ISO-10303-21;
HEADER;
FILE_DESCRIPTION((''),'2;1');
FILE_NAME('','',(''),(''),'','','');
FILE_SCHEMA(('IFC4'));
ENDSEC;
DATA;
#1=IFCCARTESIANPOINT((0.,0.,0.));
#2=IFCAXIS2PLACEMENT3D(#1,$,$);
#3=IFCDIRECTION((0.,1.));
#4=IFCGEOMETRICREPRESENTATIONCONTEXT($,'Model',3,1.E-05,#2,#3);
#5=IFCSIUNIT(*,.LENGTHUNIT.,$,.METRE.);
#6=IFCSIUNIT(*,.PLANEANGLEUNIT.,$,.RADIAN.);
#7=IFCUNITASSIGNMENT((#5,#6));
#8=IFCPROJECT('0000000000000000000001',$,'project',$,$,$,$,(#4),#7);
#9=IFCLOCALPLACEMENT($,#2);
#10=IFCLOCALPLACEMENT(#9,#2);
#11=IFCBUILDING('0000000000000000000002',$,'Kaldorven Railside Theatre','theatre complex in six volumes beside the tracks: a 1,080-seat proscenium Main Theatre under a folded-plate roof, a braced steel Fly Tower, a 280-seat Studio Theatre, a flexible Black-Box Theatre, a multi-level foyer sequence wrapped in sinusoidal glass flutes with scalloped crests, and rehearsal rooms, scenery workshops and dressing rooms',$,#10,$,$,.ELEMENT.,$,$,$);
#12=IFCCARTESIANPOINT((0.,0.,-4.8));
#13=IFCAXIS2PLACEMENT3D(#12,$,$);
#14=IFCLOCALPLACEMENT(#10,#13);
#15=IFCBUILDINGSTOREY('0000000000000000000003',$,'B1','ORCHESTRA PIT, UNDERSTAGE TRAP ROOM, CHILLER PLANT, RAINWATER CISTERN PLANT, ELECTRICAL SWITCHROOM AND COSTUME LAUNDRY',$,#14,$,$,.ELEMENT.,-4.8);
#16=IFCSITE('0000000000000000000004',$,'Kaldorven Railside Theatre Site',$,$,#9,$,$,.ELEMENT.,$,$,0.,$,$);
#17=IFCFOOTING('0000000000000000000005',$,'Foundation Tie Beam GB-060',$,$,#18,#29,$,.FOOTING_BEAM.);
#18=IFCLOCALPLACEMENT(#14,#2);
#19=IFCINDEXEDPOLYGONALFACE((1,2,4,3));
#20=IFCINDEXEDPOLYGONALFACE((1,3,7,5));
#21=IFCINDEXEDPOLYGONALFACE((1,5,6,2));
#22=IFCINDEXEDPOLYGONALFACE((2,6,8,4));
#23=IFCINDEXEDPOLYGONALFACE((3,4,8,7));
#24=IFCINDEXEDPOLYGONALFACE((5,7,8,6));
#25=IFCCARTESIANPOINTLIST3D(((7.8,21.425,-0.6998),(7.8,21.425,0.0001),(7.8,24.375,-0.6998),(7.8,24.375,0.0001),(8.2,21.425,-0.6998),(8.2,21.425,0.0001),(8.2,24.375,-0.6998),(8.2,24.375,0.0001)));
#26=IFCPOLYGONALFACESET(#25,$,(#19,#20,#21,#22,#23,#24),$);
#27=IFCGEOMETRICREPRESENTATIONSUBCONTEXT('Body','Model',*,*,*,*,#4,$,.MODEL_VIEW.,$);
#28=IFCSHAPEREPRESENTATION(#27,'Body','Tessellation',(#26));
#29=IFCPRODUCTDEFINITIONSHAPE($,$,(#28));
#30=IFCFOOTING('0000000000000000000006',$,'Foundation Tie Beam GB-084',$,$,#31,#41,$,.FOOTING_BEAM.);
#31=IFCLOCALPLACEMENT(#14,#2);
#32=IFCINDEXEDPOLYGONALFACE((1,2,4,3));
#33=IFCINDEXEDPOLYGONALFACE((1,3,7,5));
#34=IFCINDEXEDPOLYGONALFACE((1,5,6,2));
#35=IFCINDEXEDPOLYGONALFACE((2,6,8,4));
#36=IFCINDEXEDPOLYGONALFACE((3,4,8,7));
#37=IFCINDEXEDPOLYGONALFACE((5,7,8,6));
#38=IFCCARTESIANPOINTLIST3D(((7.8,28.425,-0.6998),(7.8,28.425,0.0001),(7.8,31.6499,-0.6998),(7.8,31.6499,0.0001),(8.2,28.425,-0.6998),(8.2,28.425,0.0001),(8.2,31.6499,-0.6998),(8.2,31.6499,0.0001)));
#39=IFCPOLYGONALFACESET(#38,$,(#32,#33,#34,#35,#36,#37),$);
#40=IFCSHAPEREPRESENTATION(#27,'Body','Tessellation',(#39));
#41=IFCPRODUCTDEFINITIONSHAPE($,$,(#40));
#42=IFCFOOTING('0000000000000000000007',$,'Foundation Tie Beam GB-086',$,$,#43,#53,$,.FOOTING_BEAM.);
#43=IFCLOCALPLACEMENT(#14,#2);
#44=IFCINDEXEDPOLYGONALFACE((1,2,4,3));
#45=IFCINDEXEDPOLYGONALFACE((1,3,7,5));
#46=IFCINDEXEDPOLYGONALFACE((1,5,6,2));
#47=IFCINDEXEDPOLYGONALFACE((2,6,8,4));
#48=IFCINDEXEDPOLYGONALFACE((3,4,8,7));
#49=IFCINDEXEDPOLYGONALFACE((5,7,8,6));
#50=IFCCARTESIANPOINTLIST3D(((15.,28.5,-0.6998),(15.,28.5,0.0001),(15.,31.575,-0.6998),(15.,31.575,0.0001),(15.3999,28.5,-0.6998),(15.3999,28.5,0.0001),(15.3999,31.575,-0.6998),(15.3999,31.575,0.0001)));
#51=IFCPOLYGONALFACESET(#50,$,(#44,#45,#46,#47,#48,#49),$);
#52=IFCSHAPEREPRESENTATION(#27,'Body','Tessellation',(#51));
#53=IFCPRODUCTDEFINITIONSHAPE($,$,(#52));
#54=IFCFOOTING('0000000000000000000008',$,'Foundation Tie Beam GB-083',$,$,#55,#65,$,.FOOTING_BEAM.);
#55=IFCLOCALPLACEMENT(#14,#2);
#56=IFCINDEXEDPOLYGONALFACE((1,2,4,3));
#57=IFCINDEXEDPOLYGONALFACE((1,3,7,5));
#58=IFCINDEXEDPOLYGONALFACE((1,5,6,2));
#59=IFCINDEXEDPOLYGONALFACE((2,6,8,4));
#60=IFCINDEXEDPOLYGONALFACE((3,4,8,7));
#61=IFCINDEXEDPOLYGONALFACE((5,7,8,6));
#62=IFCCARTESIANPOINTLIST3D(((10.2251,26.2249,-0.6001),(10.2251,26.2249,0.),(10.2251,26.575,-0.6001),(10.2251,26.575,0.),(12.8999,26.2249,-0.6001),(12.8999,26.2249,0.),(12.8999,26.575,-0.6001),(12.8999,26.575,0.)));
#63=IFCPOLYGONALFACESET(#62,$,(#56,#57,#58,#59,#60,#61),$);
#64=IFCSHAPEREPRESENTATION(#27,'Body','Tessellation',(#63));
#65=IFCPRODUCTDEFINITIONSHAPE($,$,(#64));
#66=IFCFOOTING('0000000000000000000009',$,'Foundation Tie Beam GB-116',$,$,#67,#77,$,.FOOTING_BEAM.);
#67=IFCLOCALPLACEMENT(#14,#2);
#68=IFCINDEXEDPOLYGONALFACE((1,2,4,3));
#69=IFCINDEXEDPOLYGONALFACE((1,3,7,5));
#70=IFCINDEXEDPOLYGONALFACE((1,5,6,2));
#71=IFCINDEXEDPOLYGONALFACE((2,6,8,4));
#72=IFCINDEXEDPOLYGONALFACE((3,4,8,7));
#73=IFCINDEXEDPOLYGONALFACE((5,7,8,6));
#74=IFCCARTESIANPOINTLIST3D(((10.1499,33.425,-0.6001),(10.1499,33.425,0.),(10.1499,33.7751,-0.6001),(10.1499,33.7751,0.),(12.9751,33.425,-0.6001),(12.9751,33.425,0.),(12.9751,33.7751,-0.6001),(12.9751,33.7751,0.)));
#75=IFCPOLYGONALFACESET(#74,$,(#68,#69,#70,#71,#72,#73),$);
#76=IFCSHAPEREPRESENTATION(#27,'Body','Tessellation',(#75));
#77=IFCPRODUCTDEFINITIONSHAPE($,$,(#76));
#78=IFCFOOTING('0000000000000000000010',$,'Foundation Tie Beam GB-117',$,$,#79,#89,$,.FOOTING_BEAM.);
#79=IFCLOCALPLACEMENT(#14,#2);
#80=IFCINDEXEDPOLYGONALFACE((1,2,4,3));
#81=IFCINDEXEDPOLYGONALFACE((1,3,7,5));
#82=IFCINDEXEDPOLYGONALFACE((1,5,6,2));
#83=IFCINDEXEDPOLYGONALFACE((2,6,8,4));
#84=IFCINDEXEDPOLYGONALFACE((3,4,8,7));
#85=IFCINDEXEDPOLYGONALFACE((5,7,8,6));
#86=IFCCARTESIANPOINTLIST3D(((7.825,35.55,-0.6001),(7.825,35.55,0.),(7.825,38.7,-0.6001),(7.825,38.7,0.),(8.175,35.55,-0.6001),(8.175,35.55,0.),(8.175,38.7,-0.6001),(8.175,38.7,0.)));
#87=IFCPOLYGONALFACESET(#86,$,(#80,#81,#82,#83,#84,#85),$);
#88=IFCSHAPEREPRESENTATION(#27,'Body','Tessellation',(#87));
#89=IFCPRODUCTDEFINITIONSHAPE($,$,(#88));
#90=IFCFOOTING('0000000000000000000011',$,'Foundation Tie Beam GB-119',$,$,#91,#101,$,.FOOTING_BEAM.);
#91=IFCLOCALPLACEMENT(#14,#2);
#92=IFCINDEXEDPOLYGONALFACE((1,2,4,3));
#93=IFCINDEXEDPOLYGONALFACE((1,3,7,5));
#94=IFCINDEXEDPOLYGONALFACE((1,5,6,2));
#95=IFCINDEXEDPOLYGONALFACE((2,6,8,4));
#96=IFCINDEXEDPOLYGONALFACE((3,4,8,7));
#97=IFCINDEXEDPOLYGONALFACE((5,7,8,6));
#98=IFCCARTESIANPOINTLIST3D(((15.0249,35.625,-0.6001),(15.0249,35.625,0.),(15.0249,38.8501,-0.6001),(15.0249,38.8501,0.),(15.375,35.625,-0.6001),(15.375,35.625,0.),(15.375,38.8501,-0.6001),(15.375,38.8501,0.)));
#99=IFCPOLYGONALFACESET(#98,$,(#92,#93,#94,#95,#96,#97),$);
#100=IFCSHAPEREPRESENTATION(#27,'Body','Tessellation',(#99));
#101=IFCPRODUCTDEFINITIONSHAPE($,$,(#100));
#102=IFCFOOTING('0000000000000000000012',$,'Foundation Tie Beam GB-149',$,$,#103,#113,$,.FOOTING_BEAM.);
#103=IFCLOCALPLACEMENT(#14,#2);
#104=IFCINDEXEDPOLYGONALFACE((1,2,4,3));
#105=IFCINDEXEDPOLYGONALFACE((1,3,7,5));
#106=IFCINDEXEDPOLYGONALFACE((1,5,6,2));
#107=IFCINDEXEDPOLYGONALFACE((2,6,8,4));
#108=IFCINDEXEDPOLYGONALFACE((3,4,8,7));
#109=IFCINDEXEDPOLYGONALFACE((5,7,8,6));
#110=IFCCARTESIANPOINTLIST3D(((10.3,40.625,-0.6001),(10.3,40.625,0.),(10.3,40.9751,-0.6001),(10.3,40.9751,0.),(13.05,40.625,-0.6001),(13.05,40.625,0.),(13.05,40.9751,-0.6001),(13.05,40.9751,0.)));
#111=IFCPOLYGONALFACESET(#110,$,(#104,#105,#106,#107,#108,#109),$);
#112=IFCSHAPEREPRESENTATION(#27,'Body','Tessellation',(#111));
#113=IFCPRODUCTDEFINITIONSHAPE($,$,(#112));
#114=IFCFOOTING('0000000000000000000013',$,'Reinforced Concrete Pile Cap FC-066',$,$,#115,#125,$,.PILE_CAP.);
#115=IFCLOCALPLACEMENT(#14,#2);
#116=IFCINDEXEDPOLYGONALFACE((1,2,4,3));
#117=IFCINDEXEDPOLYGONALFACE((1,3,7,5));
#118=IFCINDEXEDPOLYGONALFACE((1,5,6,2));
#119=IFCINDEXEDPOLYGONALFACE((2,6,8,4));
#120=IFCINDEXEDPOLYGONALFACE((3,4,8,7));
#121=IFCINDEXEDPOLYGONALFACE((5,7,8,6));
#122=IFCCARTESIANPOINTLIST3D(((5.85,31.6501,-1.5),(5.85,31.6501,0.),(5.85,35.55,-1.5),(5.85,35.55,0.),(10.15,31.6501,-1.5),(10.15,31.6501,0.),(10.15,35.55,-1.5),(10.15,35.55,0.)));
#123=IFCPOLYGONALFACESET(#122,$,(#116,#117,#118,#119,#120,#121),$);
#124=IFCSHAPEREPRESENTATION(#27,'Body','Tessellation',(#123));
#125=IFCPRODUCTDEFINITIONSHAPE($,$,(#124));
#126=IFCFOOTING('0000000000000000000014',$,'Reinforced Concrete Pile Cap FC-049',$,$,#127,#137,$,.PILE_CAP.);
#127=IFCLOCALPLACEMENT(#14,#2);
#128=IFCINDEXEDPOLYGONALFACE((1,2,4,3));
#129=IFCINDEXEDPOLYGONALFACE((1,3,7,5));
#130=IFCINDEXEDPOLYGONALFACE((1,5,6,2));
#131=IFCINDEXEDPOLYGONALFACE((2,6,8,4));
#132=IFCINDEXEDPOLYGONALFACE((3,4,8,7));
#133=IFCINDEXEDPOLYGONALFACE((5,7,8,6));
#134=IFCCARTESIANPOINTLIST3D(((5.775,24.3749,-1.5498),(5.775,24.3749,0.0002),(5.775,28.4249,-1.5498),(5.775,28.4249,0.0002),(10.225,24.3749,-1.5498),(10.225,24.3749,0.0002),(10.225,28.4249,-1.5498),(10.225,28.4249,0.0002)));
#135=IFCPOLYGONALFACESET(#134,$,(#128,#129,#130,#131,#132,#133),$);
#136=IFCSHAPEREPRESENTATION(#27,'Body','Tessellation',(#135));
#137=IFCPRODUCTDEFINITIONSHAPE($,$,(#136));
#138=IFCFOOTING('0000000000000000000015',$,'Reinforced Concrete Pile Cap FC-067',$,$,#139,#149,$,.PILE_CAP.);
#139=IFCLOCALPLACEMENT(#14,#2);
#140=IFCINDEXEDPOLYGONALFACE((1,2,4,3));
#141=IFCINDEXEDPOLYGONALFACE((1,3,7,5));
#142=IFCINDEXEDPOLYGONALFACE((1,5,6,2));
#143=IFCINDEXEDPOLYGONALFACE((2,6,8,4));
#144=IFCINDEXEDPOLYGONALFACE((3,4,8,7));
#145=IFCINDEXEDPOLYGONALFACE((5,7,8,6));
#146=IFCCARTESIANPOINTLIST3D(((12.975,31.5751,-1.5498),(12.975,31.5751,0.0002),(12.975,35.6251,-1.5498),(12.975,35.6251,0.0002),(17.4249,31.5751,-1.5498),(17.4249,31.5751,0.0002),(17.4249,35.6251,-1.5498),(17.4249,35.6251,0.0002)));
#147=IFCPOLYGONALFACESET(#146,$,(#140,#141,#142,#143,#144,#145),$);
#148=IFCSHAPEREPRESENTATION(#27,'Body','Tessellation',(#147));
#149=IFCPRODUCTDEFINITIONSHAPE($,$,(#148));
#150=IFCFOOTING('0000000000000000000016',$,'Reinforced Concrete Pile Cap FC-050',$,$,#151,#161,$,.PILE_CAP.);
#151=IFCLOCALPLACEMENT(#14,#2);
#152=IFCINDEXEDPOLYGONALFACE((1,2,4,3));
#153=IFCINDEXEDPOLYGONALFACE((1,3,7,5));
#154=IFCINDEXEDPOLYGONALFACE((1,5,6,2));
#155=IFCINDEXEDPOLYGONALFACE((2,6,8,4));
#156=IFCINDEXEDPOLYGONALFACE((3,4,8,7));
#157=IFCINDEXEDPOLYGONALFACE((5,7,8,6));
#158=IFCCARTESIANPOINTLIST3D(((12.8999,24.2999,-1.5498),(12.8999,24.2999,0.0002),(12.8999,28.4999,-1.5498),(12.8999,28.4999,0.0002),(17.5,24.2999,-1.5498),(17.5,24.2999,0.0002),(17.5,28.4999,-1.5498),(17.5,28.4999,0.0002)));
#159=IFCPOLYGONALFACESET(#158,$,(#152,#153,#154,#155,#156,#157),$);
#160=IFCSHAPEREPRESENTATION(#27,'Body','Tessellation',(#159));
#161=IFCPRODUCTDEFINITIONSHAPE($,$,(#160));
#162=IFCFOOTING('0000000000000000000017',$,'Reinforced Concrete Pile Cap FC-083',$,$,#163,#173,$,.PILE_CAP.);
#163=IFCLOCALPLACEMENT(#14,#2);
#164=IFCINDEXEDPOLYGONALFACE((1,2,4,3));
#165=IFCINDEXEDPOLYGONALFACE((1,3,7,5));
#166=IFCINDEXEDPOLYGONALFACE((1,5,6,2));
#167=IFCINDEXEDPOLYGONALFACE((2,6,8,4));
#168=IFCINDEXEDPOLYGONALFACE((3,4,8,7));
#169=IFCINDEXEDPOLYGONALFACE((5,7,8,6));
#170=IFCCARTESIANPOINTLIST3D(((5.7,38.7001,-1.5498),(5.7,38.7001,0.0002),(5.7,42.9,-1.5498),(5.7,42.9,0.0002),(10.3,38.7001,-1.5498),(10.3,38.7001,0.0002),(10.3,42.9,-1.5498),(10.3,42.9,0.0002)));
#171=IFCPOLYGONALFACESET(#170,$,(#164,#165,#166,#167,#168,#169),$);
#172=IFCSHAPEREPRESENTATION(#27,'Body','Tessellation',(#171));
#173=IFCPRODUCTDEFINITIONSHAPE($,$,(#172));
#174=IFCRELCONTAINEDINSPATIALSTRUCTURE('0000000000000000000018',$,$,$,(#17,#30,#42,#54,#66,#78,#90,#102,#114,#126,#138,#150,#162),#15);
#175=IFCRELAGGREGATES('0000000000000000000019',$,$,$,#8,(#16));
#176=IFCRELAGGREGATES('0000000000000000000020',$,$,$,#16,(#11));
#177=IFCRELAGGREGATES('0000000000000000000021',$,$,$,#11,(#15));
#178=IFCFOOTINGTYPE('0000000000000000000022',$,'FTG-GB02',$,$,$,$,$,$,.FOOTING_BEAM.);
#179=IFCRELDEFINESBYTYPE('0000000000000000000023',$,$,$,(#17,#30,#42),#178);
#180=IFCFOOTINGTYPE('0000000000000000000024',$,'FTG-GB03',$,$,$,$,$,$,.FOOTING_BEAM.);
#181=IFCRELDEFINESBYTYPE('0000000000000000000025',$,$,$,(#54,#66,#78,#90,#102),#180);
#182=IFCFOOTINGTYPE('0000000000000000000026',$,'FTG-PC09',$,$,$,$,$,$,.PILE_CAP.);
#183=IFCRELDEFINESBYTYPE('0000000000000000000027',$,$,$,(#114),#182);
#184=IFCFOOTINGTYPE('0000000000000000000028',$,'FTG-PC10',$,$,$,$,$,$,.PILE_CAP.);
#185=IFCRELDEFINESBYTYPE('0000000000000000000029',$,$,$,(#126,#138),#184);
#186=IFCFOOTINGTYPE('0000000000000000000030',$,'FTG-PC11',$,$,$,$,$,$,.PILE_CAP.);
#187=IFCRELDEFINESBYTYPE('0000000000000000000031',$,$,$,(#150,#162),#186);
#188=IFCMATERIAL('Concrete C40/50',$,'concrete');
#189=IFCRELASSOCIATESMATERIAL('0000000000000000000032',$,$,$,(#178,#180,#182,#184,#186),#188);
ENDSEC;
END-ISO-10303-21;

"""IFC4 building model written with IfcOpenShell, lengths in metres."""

from ifc_helpers import new_model, si_unit, direction, frame, origin, origin_2d, place, context, subcontext, project, spatial, rectangle, extrude, material, material_profile, profile_set, type_object, element, save


model = new_model("IFC4")

# Units and contexts
model_context = context("Model", 3, precision=1e-05, world=origin(), true_north=direction((0.0, 1.0)))
body_context = subcontext(model_context, "Body", "Model", "MODEL_VIEW")
ifc_project = project(units=[si_unit("LENGTHUNIT", "METRE"), si_unit("PLANEANGLEUNIT", "RADIAN")], contexts=[model_context])

# Site, building, storey
site_placement = place(None, origin())
site = spatial("IfcSite", under=ifc_project, at=site_placement, Name="Kaldorven Railside Theatre Site", CompositionType="ELEMENT", RefElevation=0.0)
building_placement = place(site_placement, origin())
building = spatial("IfcBuilding", under=site, at=building_placement, Name="Kaldorven Railside Theatre", Description="theatre complex in six volumes beside the tracks: a 1,080-seat proscenium Main Theatre under a folded-plate roof, a braced steel Fly Tower, a 280-seat Studio Theatre, a flexible Black-Box Theatre, a multi-level foyer sequence wrapped in sinusoidal glass flutes with scalloped crests, and rehearsal rooms, scenery workshops and dressing rooms", CompositionType="ELEMENT")
storey_placement = place(building_placement, frame((0.0, 0.0, -4.8)))
storey = spatial("IfcBuildingStorey", under=building, at=storey_placement, Name="B1", Description="ORCHESTRA PIT, UNDERSTAGE TRAP ROOM, CHILLER PLANT, RAINWATER CISTERN PLANT, ELECTRICAL SWITCHROOM AND COSTUME LAUNDRY", CompositionType="ELEMENT", Elevation=-4.8)

# Footings
ifc_material_1 = material(Name="Concrete C40/50", Category="concrete")
ifc_material_profile_1 = material_profile(ifc_material_1, rectangle(XDim=0.3999, YDim=0.7, at=origin_2d()), Name="RC 400x700")
ifc_profile_set_1 = profile_set([ifc_material_profile_1], Name="Concrete C40/50")
footing_type_1 = type_object("IfcFootingType", Name="FTG-GB02", PredefinedType="FOOTING_BEAM", material=ifc_profile_set_1)
footing_1_placement = place(storey_placement, frame((8.0, 21.425, -0.3499), z_axis=(0.0, 1.0, 0.0), x_axis=(-1.0, 0.0, 0.0)))
element("IfcFooting", 1, at=footing_1_placement, inside=storey, type_object=footing_type_1, Name="Foundation Tie Beam GB-060", PredefinedType="FOOTING_BEAM", context=body_context, shape_type="SweptSolid", body=[
    extrude(rectangle(XDim=0.3999, YDim=0.7, at=origin_2d()), origin(), (0.0, 0.0, 1.0), 2.95),
])
footing_2_placement = place(storey_placement, frame((8.0, 28.425, -0.3499), z_axis=(0.0, 1.0, 0.0), x_axis=(-1.0, 0.0, 0.0)))
element("IfcFooting", 2, at=footing_2_placement, inside=storey, type_object=footing_type_1, Name="Foundation Tie Beam GB-084", PredefinedType="FOOTING_BEAM", context=body_context, shape_type="SweptSolid", body=[
    extrude(rectangle(XDim=0.3999, YDim=0.7, at=origin_2d()), origin(), (0.0, 0.0, 1.0), 3.2249),
])
footing_3_placement = place(storey_placement, frame((15.2, 28.5, -0.3499), z_axis=(0.0, 1.0, 0.0), x_axis=(-1.0, 0.0, 0.0)))
element("IfcFooting", 3, at=footing_3_placement, inside=storey, type_object=footing_type_1, Name="Foundation Tie Beam GB-086", PredefinedType="FOOTING_BEAM", context=body_context, shape_type="SweptSolid", body=[
    extrude(rectangle(XDim=0.3999, YDim=0.7, at=origin_2d()), origin(), (0.0, 0.0, 1.0), 3.075),
])
ifc_material_profile_2 = material_profile(ifc_material_1, rectangle(XDim=0.3501, YDim=0.6001, at=origin_2d()), Name="RC 350x600")
ifc_profile_set_2 = profile_set([ifc_material_profile_2], Name="Concrete C40/50")
footing_type_2 = type_object("IfcFootingType", Name="FTG-GB03", PredefinedType="FOOTING_BEAM", material=ifc_profile_set_2)
footing_4_placement = place(storey_placement, frame((10.2251, 26.3999, -0.3), z_axis=(1.0, 0.0, 0.0), x_axis=(0.0, 1.0, 0.0)))
element("IfcFooting", 4, at=footing_4_placement, inside=storey, type_object=footing_type_2, Name="Foundation Tie Beam GB-083", PredefinedType="FOOTING_BEAM", context=body_context, shape_type="SweptSolid", body=[
    extrude(rectangle(XDim=0.3501, YDim=0.6001, at=origin_2d()), origin(), (0.0, 0.0, 1.0), 2.6748),
])
footing_5_placement = place(storey_placement, frame((10.1499, 33.6001, -0.3), z_axis=(1.0, 0.0, 0.0), x_axis=(0.0, 1.0, 0.0)))
element("IfcFooting", 5, at=footing_5_placement, inside=storey, type_object=footing_type_2, Name="Foundation Tie Beam GB-116", PredefinedType="FOOTING_BEAM", context=body_context, shape_type="SweptSolid", body=[
    extrude(rectangle(XDim=0.3501, YDim=0.6001, at=origin_2d()), origin(), (0.0, 0.0, 1.0), 2.8252),
])
footing_6_placement = place(storey_placement, frame((8.0, 35.55, -0.3), z_axis=(0.0, 1.0, 0.0), x_axis=(-1.0, 0.0, 0.0)))
element("IfcFooting", 6, at=footing_6_placement, inside=storey, type_object=footing_type_2, Name="Foundation Tie Beam GB-117", PredefinedType="FOOTING_BEAM", context=body_context, shape_type="SweptSolid", body=[
    extrude(rectangle(XDim=0.3501, YDim=0.6001, at=origin_2d()), origin(), (0.0, 0.0, 1.0), 3.1499),
])
footing_7_placement = place(storey_placement, frame((15.2, 35.625, -0.3), z_axis=(0.0, 1.0, 0.0), x_axis=(-1.0, 0.0, 0.0)))
element("IfcFooting", 7, at=footing_7_placement, inside=storey, type_object=footing_type_2, Name="Foundation Tie Beam GB-119", PredefinedType="FOOTING_BEAM", context=body_context, shape_type="SweptSolid", body=[
    extrude(rectangle(XDim=0.3501, YDim=0.6001, at=origin_2d()), origin(), (0.0, 0.0, 1.0), 3.2251),
])
footing_8_placement = place(storey_placement, frame((10.3, 40.8, -0.3), z_axis=(1.0, 0.0, 0.0), x_axis=(0.0, 1.0, 0.0)))
element("IfcFooting", 8, at=footing_8_placement, inside=storey, type_object=footing_type_2, Name="Foundation Tie Beam GB-149", PredefinedType="FOOTING_BEAM", context=body_context, shape_type="SweptSolid", body=[
    extrude(rectangle(XDim=0.3501, YDim=0.6001, at=origin_2d()), origin(), (0.0, 0.0, 1.0), 2.75),
])
footing_type_3 = type_object("IfcFootingType", Name="FTG-PC09", PredefinedType="PILE_CAP", material=ifc_material_1)
footing_9_placement = place(storey_placement, frame((8.0, 33.6001, -1.5), z_axis=(0.0, 0.0, 1.0), x_axis=(1.0, 0.0, 0.0)))
element("IfcFooting", 9, at=footing_9_placement, inside=storey, type_object=footing_type_3, Name="Reinforced Concrete Pile Cap FC-066", PredefinedType="PILE_CAP", context=body_context, shape_type="SweptSolid", body=[
    extrude(rectangle(XDim=4.3, YDim=3.8999, at=origin_2d()), origin(), (0.0, 0.0, 1.0), 1.5),
])
footing_type_4 = type_object("IfcFootingType", Name="FTG-PC10", PredefinedType="PILE_CAP", material=ifc_material_1)
for number, where, z_axis, x_axis, name in (
    (10, (8.0, 26.3999, -1.5498), (0.0, 0.0, 1.0), (1.0, 0.0, 0.0), "Reinforced Concrete Pile Cap FC-049"),
    (11, (15.2, 33.6001, -1.5498), (0.0, 0.0, 1.0), (1.0, 0.0, 0.0), "Reinforced Concrete Pile Cap FC-067"),
):
    element("IfcFooting", number, at=place(storey_placement, frame(where, z_axis=z_axis, x_axis=x_axis)), inside=storey, type_object=footing_type_4, Name=name, PredefinedType="PILE_CAP", context=body_context, shape_type="SweptSolid", body=[
        extrude(rectangle(XDim=4.45, YDim=4.05, at=origin_2d()), origin(), (0.0, 0.0, 1.0), 1.55),
    ])
footing_type_5 = type_object("IfcFootingType", Name="FTG-PC11", PredefinedType="PILE_CAP", material=ifc_material_1)
for number, where, z_axis, x_axis, name in (
    (12, (15.2, 26.3999, -1.5498), (0.0, 0.0, 1.0), (1.0, 0.0, 0.0), "Reinforced Concrete Pile Cap FC-050"),
    (13, (8.0, 40.8, -1.5498), (0.0, 0.0, 1.0), (1.0, 0.0, 0.0), "Reinforced Concrete Pile Cap FC-083"),
):
    element("IfcFooting", number, at=place(storey_placement, frame(where, z_axis=z_axis, x_axis=x_axis)), inside=storey, type_object=footing_type_5, Name=name, PredefinedType="PILE_CAP", context=body_context, shape_type="SweptSolid", body=[
        extrude(rectangle(XDim=4.6001, YDim=4.2, at=origin_2d()), origin(), (0.0, 0.0, 1.0), 1.55),
    ])

save(model, "model.ifc")
